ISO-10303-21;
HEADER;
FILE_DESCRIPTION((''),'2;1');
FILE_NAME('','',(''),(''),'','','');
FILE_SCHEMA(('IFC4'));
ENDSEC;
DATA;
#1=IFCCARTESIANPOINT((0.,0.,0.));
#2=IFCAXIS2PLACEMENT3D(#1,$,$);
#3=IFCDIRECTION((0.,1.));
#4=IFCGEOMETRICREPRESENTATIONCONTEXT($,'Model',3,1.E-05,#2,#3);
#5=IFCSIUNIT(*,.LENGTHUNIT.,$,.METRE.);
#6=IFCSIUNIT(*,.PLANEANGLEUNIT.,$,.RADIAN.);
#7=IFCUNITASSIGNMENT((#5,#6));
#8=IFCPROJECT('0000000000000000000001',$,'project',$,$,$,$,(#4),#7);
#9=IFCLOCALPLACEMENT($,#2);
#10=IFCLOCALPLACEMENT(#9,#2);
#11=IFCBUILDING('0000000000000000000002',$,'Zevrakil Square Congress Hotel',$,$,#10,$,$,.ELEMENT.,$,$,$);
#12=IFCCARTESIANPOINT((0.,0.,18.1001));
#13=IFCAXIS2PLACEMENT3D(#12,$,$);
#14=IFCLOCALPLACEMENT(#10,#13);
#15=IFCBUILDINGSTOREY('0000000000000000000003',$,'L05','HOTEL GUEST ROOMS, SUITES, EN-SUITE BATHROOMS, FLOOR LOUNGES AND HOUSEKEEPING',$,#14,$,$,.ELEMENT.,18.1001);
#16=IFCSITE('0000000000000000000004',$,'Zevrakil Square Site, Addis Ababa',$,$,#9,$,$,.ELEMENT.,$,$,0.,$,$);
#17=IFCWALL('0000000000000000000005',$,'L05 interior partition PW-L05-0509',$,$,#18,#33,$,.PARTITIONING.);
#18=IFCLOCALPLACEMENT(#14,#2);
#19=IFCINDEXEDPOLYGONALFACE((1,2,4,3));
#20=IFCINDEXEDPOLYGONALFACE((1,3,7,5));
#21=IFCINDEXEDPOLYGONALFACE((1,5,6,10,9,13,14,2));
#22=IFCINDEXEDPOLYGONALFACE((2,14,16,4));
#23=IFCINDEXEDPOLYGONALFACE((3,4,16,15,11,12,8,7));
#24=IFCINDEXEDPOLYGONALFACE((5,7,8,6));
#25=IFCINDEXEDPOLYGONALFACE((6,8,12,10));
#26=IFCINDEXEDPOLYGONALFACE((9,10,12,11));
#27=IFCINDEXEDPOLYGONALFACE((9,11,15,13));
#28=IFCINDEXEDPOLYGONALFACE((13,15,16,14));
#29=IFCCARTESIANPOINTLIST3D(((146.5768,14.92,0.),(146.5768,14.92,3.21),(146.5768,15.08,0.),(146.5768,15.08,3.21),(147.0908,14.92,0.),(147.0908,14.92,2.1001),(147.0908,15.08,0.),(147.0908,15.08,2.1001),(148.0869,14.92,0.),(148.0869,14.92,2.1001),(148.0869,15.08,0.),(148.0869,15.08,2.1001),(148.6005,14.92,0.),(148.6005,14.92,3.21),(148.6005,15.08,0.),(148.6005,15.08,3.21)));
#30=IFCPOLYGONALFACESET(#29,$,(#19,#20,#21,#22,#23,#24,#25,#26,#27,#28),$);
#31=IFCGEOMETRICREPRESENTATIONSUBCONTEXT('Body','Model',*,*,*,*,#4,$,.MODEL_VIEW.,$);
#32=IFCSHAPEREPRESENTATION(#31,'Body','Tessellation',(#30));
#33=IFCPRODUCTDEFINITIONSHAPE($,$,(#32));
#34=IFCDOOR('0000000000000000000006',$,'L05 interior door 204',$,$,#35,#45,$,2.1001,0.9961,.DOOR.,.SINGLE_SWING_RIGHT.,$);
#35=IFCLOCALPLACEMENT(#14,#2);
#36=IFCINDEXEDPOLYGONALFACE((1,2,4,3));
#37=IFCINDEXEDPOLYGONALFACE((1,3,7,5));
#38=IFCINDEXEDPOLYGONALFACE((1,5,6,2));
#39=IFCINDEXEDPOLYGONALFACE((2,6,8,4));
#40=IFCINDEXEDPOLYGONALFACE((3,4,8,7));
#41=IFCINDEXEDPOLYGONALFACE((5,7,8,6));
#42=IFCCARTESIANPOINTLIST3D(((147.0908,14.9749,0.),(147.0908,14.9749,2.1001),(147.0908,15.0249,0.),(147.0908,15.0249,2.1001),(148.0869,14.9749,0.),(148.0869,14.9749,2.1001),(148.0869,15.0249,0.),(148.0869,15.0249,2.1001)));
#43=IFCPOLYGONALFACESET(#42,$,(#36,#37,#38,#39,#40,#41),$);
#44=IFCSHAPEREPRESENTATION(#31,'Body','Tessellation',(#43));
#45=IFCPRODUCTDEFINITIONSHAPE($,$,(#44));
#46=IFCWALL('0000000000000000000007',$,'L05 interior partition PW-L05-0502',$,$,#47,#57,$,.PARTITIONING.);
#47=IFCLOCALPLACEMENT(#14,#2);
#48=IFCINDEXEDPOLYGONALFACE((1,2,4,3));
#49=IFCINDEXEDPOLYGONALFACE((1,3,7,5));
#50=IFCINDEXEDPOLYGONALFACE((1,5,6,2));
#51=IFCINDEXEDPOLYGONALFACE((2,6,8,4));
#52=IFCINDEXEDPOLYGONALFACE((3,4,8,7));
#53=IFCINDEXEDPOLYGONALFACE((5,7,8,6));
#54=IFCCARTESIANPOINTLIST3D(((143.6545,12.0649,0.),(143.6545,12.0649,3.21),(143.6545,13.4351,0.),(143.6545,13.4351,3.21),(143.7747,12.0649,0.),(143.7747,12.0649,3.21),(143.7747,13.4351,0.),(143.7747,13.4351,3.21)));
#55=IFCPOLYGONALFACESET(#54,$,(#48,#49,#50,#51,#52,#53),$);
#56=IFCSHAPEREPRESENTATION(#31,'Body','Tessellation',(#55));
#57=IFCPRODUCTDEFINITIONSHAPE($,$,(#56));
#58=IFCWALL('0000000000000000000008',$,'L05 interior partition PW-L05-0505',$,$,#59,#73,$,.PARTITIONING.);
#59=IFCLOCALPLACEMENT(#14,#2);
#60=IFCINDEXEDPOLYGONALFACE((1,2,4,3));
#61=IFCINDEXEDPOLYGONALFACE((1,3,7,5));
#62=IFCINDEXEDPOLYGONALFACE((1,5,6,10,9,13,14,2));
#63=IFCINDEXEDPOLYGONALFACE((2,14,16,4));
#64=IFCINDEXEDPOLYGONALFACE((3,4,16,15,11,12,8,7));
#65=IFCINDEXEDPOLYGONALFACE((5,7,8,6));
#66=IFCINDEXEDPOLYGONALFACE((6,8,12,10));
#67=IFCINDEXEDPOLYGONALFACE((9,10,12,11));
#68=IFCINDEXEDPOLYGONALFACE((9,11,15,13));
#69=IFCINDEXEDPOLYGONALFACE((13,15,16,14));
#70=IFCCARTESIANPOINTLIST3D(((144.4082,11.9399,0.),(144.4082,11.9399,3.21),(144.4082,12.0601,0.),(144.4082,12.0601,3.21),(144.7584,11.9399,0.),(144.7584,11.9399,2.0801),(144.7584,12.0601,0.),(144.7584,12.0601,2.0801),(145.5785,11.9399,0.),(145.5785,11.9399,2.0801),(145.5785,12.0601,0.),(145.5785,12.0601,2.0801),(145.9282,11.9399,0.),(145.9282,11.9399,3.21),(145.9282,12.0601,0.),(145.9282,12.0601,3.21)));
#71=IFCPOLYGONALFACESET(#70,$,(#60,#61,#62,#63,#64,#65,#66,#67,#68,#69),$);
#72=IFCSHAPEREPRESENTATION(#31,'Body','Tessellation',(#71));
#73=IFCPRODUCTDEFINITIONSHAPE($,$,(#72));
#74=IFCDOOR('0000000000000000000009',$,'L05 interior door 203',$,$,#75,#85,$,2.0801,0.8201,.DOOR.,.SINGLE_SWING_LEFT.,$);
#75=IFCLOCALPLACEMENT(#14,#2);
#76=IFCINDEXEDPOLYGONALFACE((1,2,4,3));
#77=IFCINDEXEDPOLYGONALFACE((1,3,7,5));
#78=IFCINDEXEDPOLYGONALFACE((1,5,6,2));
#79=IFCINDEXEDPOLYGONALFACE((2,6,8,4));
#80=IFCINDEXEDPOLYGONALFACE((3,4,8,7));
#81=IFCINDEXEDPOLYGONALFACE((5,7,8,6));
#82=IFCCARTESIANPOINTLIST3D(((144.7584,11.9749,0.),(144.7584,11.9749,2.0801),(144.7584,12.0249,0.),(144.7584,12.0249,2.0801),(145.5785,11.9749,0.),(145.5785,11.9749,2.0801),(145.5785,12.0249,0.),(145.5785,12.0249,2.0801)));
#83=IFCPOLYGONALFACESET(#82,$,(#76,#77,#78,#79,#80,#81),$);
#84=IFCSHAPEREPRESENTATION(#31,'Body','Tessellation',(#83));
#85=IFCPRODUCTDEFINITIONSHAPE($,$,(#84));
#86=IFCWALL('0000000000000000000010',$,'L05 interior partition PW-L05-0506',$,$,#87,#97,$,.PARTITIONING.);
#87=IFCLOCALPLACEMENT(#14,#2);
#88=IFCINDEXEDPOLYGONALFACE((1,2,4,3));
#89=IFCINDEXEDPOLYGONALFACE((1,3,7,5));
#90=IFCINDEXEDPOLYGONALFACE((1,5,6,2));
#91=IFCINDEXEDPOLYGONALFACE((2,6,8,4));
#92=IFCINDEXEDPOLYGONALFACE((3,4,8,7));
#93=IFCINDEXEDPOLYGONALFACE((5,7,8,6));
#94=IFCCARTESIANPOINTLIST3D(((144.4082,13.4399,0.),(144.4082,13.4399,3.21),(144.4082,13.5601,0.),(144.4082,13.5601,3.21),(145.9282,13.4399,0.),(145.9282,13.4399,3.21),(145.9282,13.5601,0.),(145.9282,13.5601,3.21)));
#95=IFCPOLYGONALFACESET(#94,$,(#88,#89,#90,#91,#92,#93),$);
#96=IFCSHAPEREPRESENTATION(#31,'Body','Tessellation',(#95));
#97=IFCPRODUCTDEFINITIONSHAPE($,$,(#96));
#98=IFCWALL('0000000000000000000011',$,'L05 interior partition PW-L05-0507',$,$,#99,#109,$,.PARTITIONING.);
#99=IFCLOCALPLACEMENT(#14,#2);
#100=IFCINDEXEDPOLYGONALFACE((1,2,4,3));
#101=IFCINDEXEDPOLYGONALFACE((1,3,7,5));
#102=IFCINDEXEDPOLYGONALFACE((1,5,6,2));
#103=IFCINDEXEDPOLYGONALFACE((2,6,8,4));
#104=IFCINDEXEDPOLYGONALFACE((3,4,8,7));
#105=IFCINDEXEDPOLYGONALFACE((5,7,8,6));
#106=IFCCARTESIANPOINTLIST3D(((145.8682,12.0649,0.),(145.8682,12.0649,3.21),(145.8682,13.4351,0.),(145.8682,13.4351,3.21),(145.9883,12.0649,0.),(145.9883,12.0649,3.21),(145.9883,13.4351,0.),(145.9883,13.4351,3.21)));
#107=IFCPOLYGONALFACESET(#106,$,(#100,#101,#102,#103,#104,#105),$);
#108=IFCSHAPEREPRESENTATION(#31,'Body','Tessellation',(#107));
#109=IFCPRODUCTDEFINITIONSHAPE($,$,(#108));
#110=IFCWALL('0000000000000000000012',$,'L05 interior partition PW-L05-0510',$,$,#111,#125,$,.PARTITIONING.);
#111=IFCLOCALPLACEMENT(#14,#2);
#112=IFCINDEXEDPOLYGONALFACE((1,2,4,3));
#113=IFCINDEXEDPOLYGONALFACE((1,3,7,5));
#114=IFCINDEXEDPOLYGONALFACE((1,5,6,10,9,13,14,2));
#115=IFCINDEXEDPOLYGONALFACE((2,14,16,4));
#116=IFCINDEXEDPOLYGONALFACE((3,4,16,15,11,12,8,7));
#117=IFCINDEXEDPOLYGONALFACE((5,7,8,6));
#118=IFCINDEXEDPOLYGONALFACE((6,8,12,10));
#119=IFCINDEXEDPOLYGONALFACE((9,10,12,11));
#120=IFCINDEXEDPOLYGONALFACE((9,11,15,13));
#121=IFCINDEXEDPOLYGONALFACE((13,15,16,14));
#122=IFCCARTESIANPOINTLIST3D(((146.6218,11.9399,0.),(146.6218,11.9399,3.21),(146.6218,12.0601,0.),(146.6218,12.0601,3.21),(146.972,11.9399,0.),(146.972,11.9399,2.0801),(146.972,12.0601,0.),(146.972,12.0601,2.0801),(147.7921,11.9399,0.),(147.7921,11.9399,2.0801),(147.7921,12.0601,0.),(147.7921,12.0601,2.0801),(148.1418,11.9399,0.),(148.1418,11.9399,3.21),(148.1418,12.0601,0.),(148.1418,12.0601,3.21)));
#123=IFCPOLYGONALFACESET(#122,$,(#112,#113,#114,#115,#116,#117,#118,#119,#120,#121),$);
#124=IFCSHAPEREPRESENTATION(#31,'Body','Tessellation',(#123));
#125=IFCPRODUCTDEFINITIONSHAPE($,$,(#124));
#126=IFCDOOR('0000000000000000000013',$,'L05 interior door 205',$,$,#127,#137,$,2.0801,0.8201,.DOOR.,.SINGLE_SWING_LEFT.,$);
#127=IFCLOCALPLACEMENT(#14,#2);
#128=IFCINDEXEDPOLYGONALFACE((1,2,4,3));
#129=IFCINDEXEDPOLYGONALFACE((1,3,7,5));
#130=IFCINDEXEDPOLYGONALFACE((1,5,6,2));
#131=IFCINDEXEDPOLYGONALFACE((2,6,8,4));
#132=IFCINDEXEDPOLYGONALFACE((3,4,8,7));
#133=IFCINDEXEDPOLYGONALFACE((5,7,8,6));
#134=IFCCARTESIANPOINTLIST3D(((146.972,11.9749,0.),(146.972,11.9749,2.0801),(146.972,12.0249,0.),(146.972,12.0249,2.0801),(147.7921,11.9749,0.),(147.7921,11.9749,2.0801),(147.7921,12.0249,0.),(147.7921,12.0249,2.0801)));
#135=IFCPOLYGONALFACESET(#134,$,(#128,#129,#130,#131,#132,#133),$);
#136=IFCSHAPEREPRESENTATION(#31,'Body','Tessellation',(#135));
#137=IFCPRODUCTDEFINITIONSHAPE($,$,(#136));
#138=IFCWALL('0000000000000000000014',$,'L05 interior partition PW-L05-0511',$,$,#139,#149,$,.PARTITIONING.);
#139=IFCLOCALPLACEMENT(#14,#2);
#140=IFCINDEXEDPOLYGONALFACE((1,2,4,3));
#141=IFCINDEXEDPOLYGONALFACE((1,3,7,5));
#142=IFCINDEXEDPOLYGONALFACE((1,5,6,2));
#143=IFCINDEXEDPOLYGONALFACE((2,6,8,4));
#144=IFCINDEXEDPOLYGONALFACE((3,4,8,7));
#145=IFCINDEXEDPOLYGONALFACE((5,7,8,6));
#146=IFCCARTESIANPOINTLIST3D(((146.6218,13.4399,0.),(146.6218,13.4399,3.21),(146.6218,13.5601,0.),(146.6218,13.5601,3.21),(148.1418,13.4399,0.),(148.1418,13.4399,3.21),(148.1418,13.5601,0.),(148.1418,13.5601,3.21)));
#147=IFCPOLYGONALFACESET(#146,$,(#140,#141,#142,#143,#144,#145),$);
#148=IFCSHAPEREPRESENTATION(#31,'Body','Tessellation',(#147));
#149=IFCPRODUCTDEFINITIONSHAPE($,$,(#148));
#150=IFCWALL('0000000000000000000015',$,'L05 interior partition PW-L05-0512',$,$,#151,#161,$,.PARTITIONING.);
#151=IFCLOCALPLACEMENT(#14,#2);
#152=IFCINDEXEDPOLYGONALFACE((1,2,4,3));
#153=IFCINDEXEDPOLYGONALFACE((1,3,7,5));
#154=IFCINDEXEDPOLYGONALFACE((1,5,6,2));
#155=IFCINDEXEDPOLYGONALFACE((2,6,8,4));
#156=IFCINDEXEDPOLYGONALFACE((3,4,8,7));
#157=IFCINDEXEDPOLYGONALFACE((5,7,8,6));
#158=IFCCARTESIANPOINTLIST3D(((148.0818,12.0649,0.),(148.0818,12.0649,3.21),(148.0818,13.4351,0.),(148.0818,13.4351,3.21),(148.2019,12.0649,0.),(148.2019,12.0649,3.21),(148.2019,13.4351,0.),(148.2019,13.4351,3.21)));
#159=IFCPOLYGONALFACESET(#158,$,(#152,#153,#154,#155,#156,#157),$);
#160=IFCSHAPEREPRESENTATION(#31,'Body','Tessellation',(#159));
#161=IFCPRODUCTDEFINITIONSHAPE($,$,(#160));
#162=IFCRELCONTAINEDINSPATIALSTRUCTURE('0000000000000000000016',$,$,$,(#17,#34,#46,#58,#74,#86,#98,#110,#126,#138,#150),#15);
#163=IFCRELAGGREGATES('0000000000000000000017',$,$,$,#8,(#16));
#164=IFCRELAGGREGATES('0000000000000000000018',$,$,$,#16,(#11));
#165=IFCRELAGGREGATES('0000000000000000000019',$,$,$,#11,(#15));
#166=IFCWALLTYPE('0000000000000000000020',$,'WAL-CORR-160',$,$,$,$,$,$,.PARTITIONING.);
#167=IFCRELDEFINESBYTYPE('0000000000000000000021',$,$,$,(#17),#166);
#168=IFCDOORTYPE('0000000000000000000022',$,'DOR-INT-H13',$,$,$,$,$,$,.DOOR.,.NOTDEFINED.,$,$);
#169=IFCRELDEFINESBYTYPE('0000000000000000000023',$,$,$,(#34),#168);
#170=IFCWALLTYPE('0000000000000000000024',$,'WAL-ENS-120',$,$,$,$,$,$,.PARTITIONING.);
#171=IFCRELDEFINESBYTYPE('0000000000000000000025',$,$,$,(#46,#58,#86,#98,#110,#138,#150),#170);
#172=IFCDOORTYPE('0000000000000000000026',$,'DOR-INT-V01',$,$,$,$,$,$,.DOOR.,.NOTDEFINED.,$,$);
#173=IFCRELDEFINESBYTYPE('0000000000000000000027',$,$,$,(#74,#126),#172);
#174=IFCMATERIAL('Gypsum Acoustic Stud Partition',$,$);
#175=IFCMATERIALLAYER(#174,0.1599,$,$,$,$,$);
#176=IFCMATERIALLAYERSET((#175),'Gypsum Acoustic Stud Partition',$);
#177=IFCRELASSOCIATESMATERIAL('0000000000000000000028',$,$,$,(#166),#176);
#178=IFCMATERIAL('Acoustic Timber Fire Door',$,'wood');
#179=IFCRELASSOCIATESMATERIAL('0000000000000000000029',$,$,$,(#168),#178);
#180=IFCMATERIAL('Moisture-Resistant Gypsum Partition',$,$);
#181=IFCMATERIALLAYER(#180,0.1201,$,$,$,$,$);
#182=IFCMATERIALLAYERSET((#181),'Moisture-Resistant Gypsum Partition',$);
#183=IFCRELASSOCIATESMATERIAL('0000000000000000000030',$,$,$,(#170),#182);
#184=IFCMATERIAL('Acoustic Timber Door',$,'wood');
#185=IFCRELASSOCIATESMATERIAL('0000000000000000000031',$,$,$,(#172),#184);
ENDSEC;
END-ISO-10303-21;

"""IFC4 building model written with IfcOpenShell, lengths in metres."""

from ifc_helpers import new_model, si_unit, direction, frame, frame_2d, origin, place, context, subcontext, project, spatial, rectangle, extrude, material, layer, layer_set, type_object, element, fill, save


model = new_model("IFC4")

# Units and contexts
model_context = context("Model", 3, precision=1e-05, world=origin(), true_north=direction((0.0, 1.0)))
body_context = subcontext(model_context, "Body", "Model", "MODEL_VIEW")
ifc_project = project(units=[si_unit("LENGTHUNIT", "METRE"), si_unit("PLANEANGLEUNIT", "RADIAN")], contexts=[model_context])

# Site, building, storey
site_placement = place(None, origin())
site = spatial("IfcSite", under=ifc_project, at=site_placement, Name="Zevrakil Square Site, Addis Ababa", CompositionType="ELEMENT", RefElevation=0.0)
building_placement = place(site_placement, origin())
building = spatial("IfcBuilding", under=site, at=building_placement, Name="Zevrakil Square Congress Hotel", CompositionType="ELEMENT")
storey_placement = place(building_placement, frame((0.0, 0.0, 18.1001)))
storey = spatial("IfcBuildingStorey", under=building, at=storey_placement, Name="L05", Description="HOTEL GUEST ROOMS, SUITES, EN-SUITE BATHROOMS, FLOOR LOUNGES AND HOUSEKEEPING", CompositionType="ELEMENT", Elevation=18.1001)

# Wall, opening, door
ifc_material_1 = material(Name="Gypsum Acoustic Stud Partition")
ifc_layer_1 = layer(ifc_material_1, 0.1599)
ifc_layer_set_1 = layer_set([ifc_layer_1], Name="Gypsum Acoustic Stud Partition")
wall_type_1 = type_object("IfcWallType", Name="WAL-CORR-160", PredefinedType="PARTITIONING", material=ifc_layer_set_1)
wall_1_placement = place(storey_placement, frame((146.5769, 15.0, 0.0), z_axis=(0.0, 0.0, 1.0), x_axis=(1.0, 0.0, 0.0)))
wall_1 = element("IfcWall", 1, at=wall_1_placement, inside=storey, type_object=wall_type_1, Name="L05 interior partition PW-L05-0509", PredefinedType="PARTITIONING", context=body_context, shape_type="SweptSolid", body=[
    extrude(rectangle(XDim=2.0237, YDim=0.1599, at=frame_2d((1.0117, 0.0))), origin(), (0.0, 0.0, 1.0), 3.21),
])
opening_1_placement = place(wall_1_placement, frame((0.5139, 0.0, 0.0)))
opening_1 = element("IfcOpeningElement", 2, at=opening_1_placement, cuts=wall_1, PredefinedType="OPENING", context=body_context, shape_type="SweptSolid", body=[
    extrude(rectangle(XDim=0.9961, YDim=2.1001, at=frame_2d((0.498, 1.05))), frame((0.0, 0.0898, 0.0), z_axis=(0.0, -1.0, 0.0), x_axis=(1.0, 0.0, 0.0)), (0.0, 0.0, 1.0), 0.1799),
])
ifc_material_2 = material(Name="Acoustic Timber Fire Door", Category="wood")
door_type_1 = type_object("IfcDoorType", Name="DOR-INT-H13", OperationType="NOTDEFINED", PredefinedType="DOOR", material=ifc_material_2)
door_1_placement = place(opening_1_placement, origin())
door_1 = element("IfcDoor", 3, at=door_1_placement, inside=storey, type_object=door_type_1, Name="L05 interior door 204", OperationType="SINGLE_SWING_RIGHT", OverallHeight=2.1001, OverallWidth=0.9961, PredefinedType="DOOR", context=body_context, shape_type="SweptSolid", body=[
    extrude(rectangle(XDim=0.9961, YDim=2.1001, at=frame_2d((0.498, 1.05))), frame((0.0, 0.0249, 0.0), z_axis=(0.0, -1.0, 0.0), x_axis=(1.0, 0.0, 0.0)), (0.0, 0.0, 1.0), 0.05),
])
fill(opening_1, door_1)

# Wall
ifc_material_3 = material(Name="Moisture-Resistant Gypsum Partition")
ifc_layer_2 = layer(ifc_material_3, 0.1201)
ifc_layer_set_2 = layer_set([ifc_layer_2], Name="Moisture-Resistant Gypsum Partition")
wall_type_2 = type_object("IfcWallType", Name="WAL-ENS-120", PredefinedType="PARTITIONING", material=ifc_layer_set_2)
wall_2_placement = place(storey_placement, frame((143.7146, 12.0649, 0.0), z_axis=(0.0, 0.0, 1.0), x_axis=(0.0, 1.0, 0.0)))
element("IfcWall", 4, at=wall_2_placement, inside=storey, type_object=wall_type_2, Name="L05 interior partition PW-L05-0502", PredefinedType="PARTITIONING", context=body_context, shape_type="SweptSolid", body=[
    extrude(rectangle(XDim=1.3701, YDim=0.1201, at=frame_2d((0.6851, 0.0))), origin(), (0.0, 0.0, 1.0), 3.21),
])

# Wall, opening, door
wall_3_placement = place(storey_placement, frame((144.4082, 12.0, 0.0), z_axis=(0.0, 0.0, 1.0), x_axis=(1.0, 0.0, 0.0)))
wall_3 = element("IfcWall", 5, at=wall_3_placement, inside=storey, type_object=wall_type_2, Name="L05 interior partition PW-L05-0505", PredefinedType="PARTITIONING", context=body_context, shape_type="SweptSolid", body=[
    extrude(rectangle(XDim=1.52, YDim=0.1201, at=frame_2d((0.76, 0.0))), origin(), (0.0, 0.0, 1.0), 3.21),
])
opening_2_placement = place(wall_3_placement, frame((0.3501, 0.0, 0.0)))
opening_2 = element("IfcOpeningElement", 6, at=opening_2_placement, cuts=wall_3, PredefinedType="OPENING", context=body_context, shape_type="SweptSolid", body=[
    extrude(rectangle(XDim=0.8201, YDim=2.0801, at=frame_2d((0.4102, 1.04))), frame((0.0, 0.0701, 0.0), z_axis=(0.0, -1.0, 0.0), x_axis=(1.0, 0.0, 0.0)), (0.0, 0.0, 1.0), 0.1401),
])
ifc_material_4 = material(Name="Acoustic Timber Door", Category="wood")
door_type_2 = type_object("IfcDoorType", Name="DOR-INT-V01", OperationType="NOTDEFINED", PredefinedType="DOOR", material=ifc_material_4)
door_2_placement = place(opening_2_placement, origin())
door_2 = element("IfcDoor", 7, at=door_2_placement, inside=storey, type_object=door_type_2, Name="L05 interior door 203", OperationType="SINGLE_SWING_LEFT", OverallHeight=2.0801, OverallWidth=0.8201, PredefinedType="DOOR", context=body_context, shape_type="SweptSolid", body=[
    extrude(rectangle(XDim=0.8201, YDim=2.0801, at=frame_2d((0.4102, 1.04))), frame((0.0, 0.0249, 0.0), z_axis=(0.0, -1.0, 0.0), x_axis=(1.0, 0.0, 0.0)), (0.0, 0.0, 1.0), 0.05),
])
fill(opening_2, door_2)

# Walls
wall_4_placement = place(storey_placement, frame((144.4082, 13.5, 0.0), z_axis=(0.0, 0.0, 1.0), x_axis=(1.0, 0.0, 0.0)))
element("IfcWall", 8, at=wall_4_placement, inside=storey, type_object=wall_type_2, Name="L05 interior partition PW-L05-0506", PredefinedType="PARTITIONING", context=body_context, shape_type="SweptSolid", body=[
    extrude(rectangle(XDim=1.52, YDim=0.1201, at=frame_2d((0.76, 0.0))), origin(), (0.0, 0.0, 1.0), 3.21),
])
wall_5_placement = place(storey_placement, frame((145.9282, 12.0649, 0.0), z_axis=(0.0, 0.0, 1.0), x_axis=(0.0, 1.0, 0.0)))
element("IfcWall", 9, at=wall_5_placement, inside=storey, type_object=wall_type_2, Name="L05 interior partition PW-L05-0507", PredefinedType="PARTITIONING", context=body_context, shape_type="SweptSolid", body=[
    extrude(rectangle(XDim=1.3701, YDim=0.1201, at=frame_2d((0.6851, 0.0))), origin(), (0.0, 0.0, 1.0), 3.21),
])

# Wall, opening, door
wall_6_placement = place(storey_placement, frame((146.6218, 12.0, 0.0), z_axis=(0.0, 0.0, 1.0), x_axis=(1.0, 0.0, 0.0)))
wall_6 = element("IfcWall", 10, at=wall_6_placement, inside=storey, type_object=wall_type_2, Name="L05 interior partition PW-L05-0510", PredefinedType="PARTITIONING", context=body_context, shape_type="SweptSolid", body=[
    extrude(rectangle(XDim=1.52, YDim=0.1201, at=frame_2d((0.76, 0.0))), origin(), (0.0, 0.0, 1.0), 3.21),
])
opening_3_placement = place(wall_6_placement, frame((0.3501, 0.0, 0.0)))
opening_3 = element("IfcOpeningElement", 11, at=opening_3_placement, cuts=wall_6, PredefinedType="OPENING", context=body_context, shape_type="SweptSolid", body=[
    extrude(rectangle(XDim=0.8201, YDim=2.0801, at=frame_2d((0.4102, 1.04))), frame((0.0, 0.0701, 0.0), z_axis=(0.0, -1.0, 0.0), x_axis=(1.0, 0.0, 0.0)), (0.0, 0.0, 1.0), 0.1401),
])
door_3_placement = place(opening_3_placement, origin())
door_3 = element("IfcDoor", 12, at=door_3_placement, inside=storey, type_object=door_type_2, Name="L05 interior door 205", OperationType="SINGLE_SWING_LEFT", OverallHeight=2.0801, OverallWidth=0.8201, PredefinedType="DOOR", context=body_context, shape_type="SweptSolid", body=[
    extrude(rectangle(XDim=0.8201, YDim=2.0801, at=frame_2d((0.4102, 1.04))), frame((0.0, 0.0249, 0.0), z_axis=(0.0, -1.0, 0.0), x_axis=(1.0, 0.0, 0.0)), (0.0, 0.0, 1.0), 0.05),
])
fill(opening_3, door_3)

# Walls
wall_7_placement = place(storey_placement, frame((146.6218, 13.5, 0.0), z_axis=(0.0, 0.0, 1.0), x_axis=(1.0, 0.0, 0.0)))
element("IfcWall", 13, at=wall_7_placement, inside=storey, type_object=wall_type_2, Name="L05 interior partition PW-L05-0511", PredefinedType="PARTITIONING", context=body_context, shape_type="SweptSolid", body=[
    extrude(rectangle(XDim=1.52, YDim=0.1201, at=frame_2d((0.76, 0.0))), origin(), (0.0, 0.0, 1.0), 3.21),
])
wall_8_placement = place(storey_placement, frame((148.1418, 12.0649, 0.0), z_axis=(0.0, 0.0, 1.0), x_axis=(0.0, 1.0, 0.0)))
element("IfcWall", 14, at=wall_8_placement, inside=storey, type_object=wall_type_2, Name="L05 interior partition PW-L05-0512", PredefinedType="PARTITIONING", context=body_context, shape_type="SweptSolid", body=[
    extrude(rectangle(XDim=1.3701, YDim=0.1201, at=frame_2d((0.6851, 0.0))), origin(), (0.0, 0.0, 1.0), 3.21),
])

save(model, "model.ifc")
